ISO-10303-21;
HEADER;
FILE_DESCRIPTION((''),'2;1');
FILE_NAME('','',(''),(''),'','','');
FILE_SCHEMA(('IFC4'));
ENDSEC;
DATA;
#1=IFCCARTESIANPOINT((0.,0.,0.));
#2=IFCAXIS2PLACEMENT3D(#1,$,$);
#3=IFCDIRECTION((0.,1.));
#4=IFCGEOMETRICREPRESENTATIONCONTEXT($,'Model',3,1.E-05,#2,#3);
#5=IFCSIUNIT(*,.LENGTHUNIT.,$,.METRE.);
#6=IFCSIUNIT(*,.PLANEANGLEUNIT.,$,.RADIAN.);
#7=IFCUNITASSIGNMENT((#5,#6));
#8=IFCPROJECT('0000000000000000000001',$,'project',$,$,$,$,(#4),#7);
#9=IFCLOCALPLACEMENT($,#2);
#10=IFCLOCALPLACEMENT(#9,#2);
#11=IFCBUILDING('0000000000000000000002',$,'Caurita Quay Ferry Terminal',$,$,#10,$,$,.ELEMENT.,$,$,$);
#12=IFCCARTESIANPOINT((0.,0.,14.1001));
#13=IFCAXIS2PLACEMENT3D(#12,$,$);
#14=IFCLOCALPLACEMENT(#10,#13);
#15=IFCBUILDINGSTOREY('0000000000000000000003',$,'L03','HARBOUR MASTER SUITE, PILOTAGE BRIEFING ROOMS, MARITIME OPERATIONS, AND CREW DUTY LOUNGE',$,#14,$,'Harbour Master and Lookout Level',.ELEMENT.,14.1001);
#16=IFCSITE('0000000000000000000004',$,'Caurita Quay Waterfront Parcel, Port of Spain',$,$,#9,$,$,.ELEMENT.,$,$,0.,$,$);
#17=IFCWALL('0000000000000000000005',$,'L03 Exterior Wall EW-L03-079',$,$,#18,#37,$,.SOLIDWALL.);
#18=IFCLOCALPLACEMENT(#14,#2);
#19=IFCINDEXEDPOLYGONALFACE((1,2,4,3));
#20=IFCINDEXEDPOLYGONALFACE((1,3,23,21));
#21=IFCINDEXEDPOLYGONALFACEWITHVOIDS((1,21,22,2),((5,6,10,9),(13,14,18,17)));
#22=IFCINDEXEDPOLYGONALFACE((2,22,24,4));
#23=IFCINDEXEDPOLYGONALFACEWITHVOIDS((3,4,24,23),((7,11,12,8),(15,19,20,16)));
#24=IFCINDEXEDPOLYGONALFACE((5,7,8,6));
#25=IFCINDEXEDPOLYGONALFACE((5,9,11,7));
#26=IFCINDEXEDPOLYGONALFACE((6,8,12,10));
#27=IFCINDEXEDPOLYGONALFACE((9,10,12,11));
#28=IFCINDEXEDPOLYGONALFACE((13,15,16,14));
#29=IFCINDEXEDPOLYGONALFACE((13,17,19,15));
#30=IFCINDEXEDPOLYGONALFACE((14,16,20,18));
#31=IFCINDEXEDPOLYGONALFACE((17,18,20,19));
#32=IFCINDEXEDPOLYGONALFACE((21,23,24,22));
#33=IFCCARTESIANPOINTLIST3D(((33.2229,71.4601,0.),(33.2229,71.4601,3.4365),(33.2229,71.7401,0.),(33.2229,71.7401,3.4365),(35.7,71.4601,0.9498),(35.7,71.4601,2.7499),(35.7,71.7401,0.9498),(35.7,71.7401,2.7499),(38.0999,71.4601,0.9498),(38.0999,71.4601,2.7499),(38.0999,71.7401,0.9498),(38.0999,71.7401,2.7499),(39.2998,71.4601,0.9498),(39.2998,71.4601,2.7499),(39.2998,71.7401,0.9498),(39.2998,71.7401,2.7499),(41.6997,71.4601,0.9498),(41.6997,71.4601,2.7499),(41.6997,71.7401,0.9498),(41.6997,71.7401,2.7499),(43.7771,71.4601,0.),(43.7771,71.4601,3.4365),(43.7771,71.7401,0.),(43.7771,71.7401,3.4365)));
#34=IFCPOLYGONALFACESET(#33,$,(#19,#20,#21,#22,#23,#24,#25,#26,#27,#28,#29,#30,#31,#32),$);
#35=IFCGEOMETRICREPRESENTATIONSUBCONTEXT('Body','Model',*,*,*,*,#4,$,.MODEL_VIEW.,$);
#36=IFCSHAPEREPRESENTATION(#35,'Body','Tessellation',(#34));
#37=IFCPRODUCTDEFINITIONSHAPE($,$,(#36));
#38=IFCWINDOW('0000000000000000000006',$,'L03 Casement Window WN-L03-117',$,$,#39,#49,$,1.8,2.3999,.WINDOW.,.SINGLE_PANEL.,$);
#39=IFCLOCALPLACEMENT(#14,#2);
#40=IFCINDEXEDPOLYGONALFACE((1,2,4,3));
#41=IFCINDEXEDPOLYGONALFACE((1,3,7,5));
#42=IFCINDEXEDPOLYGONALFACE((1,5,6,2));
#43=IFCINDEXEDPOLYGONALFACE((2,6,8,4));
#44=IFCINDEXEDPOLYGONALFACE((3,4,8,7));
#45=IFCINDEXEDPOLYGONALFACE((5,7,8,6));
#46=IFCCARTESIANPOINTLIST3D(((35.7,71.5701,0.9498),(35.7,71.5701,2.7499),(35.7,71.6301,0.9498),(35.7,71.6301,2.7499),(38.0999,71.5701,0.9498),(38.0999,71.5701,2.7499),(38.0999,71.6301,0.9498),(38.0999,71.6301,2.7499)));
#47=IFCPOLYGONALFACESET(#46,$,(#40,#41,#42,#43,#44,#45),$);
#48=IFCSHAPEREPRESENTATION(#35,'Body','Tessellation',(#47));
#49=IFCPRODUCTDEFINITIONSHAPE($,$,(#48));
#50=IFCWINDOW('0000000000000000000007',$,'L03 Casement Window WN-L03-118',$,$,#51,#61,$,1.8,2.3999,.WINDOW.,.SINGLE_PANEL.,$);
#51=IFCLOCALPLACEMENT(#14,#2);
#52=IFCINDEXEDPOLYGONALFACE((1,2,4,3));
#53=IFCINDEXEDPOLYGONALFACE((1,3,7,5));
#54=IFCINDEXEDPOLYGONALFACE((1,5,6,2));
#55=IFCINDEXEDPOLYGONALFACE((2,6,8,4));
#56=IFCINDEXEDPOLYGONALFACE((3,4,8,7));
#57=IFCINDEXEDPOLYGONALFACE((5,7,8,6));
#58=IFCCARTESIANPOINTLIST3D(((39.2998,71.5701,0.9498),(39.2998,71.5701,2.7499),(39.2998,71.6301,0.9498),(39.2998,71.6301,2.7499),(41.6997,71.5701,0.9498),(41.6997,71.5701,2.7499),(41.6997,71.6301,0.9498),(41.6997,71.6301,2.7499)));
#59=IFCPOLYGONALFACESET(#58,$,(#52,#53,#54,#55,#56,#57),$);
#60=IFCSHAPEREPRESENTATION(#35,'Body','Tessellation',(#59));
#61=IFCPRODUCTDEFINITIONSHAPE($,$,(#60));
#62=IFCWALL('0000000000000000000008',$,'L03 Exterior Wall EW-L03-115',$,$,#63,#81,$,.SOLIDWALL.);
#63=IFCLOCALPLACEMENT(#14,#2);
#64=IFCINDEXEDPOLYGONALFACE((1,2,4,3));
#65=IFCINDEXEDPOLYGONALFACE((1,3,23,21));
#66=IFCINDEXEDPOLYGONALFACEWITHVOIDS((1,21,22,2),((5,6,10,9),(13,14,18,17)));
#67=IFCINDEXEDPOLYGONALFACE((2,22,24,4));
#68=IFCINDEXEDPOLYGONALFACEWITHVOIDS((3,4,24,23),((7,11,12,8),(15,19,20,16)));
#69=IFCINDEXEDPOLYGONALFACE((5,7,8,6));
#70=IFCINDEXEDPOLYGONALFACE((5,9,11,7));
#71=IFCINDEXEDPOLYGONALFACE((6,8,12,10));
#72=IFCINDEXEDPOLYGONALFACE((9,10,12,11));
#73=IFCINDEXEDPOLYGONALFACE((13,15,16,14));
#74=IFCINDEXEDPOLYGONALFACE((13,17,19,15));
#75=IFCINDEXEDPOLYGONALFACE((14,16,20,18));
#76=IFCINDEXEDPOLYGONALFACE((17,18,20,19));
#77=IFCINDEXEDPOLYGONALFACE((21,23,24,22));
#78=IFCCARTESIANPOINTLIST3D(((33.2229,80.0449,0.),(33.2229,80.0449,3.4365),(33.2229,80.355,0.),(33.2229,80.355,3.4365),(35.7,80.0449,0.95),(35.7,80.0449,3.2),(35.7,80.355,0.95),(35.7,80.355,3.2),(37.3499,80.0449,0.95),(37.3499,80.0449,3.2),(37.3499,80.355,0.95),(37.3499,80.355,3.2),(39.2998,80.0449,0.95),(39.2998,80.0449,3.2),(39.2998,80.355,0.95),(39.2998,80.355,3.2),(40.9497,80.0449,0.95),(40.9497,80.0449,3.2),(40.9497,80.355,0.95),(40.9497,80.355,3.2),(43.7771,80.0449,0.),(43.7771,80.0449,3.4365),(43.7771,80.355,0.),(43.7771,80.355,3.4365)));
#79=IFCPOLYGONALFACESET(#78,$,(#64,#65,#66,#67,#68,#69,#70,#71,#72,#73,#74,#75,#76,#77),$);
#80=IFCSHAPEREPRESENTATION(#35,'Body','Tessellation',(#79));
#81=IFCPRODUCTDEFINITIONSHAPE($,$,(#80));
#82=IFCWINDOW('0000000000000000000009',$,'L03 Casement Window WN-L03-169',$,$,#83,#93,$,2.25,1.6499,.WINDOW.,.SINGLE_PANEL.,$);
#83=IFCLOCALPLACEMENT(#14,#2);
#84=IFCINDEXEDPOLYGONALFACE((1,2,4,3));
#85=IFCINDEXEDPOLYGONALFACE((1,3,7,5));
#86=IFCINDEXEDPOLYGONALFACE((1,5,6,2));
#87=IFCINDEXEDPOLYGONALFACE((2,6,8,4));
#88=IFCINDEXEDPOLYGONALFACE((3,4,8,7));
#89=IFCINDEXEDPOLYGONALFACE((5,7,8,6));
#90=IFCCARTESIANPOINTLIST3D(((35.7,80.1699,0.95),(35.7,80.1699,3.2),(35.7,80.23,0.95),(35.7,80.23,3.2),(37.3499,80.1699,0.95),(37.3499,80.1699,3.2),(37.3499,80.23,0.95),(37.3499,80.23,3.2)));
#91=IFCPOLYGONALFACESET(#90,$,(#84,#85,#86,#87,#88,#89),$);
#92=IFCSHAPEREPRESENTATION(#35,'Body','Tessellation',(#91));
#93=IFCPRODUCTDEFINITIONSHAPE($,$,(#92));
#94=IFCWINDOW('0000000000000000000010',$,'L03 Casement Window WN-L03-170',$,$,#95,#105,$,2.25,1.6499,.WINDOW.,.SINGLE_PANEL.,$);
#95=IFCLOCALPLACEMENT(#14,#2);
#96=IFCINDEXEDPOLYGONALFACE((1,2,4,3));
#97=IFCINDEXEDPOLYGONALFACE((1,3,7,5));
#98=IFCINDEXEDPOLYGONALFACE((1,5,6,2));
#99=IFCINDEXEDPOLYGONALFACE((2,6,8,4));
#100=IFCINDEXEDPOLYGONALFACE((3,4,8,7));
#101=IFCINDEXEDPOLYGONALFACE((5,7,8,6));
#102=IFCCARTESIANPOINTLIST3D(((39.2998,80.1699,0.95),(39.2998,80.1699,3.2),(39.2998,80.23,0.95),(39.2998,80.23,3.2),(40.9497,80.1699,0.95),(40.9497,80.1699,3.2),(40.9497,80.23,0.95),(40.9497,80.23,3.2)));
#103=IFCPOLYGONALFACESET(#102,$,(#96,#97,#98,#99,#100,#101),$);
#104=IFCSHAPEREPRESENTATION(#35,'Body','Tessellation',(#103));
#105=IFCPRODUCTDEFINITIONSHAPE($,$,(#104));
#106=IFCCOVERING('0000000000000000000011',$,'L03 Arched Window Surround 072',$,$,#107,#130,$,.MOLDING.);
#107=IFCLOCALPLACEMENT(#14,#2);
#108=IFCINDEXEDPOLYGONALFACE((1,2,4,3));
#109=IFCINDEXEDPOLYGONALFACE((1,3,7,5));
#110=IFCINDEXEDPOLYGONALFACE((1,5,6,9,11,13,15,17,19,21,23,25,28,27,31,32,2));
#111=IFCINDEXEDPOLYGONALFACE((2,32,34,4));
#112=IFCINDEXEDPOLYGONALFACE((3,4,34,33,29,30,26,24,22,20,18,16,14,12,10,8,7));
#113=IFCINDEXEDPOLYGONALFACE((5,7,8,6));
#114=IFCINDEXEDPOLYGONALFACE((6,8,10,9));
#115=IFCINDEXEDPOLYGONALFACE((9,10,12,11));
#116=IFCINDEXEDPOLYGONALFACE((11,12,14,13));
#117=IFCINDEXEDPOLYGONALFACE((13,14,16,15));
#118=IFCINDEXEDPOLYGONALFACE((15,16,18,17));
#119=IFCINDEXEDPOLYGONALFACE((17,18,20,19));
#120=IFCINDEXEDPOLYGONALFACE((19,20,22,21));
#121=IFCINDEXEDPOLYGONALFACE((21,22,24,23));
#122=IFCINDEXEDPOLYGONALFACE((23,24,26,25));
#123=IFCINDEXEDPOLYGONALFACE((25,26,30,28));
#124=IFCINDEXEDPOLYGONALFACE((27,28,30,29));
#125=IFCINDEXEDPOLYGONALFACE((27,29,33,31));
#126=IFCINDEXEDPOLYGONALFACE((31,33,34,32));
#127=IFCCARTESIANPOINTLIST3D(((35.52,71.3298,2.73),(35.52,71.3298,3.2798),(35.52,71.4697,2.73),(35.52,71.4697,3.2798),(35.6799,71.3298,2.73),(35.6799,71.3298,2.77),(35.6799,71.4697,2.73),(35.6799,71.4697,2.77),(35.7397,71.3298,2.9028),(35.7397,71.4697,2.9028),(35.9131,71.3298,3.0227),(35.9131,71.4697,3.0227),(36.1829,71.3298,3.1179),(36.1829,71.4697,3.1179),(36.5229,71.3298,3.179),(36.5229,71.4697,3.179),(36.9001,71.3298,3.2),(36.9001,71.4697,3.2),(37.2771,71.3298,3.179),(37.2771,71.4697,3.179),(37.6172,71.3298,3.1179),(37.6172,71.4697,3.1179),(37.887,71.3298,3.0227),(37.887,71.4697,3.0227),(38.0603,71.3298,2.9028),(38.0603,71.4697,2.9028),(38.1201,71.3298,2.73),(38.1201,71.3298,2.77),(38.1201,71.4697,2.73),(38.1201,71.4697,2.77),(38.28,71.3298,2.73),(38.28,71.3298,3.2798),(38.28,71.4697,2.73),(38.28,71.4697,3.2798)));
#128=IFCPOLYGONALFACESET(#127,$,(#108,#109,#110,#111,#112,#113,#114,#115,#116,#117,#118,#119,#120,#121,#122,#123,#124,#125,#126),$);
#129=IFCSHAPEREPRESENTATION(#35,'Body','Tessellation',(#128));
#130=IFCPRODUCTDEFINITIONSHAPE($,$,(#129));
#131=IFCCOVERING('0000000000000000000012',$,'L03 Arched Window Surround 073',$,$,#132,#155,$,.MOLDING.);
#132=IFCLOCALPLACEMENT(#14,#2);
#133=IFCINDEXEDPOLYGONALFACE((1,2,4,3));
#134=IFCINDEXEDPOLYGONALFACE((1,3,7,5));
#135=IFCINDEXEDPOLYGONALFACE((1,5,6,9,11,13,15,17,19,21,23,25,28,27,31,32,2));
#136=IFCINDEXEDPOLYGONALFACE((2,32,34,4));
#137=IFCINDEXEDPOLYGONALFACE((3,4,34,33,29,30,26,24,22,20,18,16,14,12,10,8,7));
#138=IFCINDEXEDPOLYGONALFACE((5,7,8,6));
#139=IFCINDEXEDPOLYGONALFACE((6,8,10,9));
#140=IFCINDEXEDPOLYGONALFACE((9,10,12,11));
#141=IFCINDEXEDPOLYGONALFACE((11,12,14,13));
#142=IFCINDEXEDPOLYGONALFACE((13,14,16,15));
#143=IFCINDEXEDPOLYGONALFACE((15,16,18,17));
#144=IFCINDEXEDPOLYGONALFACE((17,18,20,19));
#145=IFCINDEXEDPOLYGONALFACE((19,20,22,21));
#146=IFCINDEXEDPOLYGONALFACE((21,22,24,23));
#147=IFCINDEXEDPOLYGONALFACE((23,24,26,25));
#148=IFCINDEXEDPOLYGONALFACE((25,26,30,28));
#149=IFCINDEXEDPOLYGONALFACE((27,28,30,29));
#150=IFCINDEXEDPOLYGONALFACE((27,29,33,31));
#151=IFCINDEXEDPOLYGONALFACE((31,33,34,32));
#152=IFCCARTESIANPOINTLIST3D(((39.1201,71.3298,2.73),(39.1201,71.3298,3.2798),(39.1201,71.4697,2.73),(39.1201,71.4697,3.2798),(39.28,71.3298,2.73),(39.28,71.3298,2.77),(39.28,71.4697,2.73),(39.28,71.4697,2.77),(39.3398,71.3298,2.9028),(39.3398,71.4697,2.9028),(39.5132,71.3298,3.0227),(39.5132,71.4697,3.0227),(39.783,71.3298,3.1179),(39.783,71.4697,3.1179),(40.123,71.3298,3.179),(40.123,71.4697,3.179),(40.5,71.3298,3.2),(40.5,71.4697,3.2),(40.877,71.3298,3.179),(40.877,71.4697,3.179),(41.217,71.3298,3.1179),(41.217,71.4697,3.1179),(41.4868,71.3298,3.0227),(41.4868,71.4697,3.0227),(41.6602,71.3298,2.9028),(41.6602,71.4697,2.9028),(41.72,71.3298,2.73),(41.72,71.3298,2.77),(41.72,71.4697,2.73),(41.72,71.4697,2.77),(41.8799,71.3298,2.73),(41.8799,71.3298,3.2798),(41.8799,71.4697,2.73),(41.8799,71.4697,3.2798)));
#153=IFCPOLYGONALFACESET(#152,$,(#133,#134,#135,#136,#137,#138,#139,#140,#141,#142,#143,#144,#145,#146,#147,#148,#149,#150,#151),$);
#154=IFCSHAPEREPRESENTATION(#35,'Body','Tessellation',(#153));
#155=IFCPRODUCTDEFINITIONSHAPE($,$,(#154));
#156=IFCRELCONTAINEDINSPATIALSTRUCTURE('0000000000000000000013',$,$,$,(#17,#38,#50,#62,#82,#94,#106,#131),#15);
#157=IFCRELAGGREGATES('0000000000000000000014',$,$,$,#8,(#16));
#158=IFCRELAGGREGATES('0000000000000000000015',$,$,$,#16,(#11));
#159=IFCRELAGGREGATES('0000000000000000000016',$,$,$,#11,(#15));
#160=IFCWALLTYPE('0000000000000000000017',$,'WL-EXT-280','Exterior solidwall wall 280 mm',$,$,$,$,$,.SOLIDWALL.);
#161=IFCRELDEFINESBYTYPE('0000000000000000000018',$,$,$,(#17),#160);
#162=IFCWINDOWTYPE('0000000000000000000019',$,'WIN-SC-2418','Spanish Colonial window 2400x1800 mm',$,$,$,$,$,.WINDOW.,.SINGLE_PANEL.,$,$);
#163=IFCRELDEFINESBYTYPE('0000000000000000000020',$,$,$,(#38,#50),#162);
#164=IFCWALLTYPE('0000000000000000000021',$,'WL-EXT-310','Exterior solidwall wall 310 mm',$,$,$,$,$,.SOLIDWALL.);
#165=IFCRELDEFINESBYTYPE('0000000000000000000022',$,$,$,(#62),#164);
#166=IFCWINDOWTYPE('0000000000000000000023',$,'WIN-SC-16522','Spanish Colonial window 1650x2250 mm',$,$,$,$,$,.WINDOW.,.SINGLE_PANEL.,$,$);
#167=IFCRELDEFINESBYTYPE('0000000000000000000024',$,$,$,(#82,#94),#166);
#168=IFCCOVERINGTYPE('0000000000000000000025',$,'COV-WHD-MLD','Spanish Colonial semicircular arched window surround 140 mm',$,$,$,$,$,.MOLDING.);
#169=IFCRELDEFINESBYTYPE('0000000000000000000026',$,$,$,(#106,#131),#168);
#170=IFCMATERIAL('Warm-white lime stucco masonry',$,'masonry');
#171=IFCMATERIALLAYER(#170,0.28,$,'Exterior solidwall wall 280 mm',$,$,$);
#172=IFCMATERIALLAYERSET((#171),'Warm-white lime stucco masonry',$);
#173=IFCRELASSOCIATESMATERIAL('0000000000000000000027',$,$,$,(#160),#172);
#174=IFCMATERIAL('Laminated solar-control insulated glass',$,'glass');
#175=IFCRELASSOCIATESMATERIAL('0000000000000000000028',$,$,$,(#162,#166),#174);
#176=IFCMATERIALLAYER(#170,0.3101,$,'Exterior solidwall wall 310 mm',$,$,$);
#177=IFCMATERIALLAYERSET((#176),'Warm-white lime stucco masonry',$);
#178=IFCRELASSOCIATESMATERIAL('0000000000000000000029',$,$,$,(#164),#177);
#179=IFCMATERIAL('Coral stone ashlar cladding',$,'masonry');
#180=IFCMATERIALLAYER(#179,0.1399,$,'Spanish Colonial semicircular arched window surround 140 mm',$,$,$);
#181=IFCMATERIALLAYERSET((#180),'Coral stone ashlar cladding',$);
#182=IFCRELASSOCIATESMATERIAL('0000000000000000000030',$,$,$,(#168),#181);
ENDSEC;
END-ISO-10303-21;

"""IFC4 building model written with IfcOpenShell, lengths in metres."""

from ifc_helpers import new_model, si_unit, direction, frame, frame_2d, origin, place, context, subcontext, project, spatial, polyline, rectangle, outline, extrude, material, layer, layer_set, type_object, element, fill, save


model = new_model("IFC4")

# Units and contexts
model_context = context("Model", 3, precision=1e-05, world=origin(), true_north=direction((0.0, 1.0)))
body_context = subcontext(model_context, "Body", "Model", "MODEL_VIEW")
ifc_project = project(units=[si_unit("LENGTHUNIT", "METRE"), si_unit("PLANEANGLEUNIT", "RADIAN")], contexts=[model_context])

# Site, building, storey
site_placement = place(None, origin())
site = spatial("IfcSite", under=ifc_project, at=site_placement, Name="Caurita Quay Waterfront Parcel, Port of Spain", CompositionType="ELEMENT", RefElevation=0.0)
building_placement = place(site_placement, origin())
building = spatial("IfcBuilding", under=site, at=building_placement, Name="Caurita Quay Ferry Terminal", CompositionType="ELEMENT")
storey_placement = place(building_placement, frame((0.0, 0.0, 14.1001)))
storey = spatial("IfcBuildingStorey", under=building, at=storey_placement, Name="L03", Description="HARBOUR MASTER SUITE, PILOTAGE BRIEFING ROOMS, MARITIME OPERATIONS, AND CREW DUTY LOUNGE", LongName="Harbour Master and Lookout Level", CompositionType="ELEMENT", Elevation=14.1001)

# Shared definitions
ifc_material_1 = material(Name="Warm-white lime stucco masonry", Category="masonry")

# Walls, openings, windows
ifc_layer_1 = layer(ifc_material_1, 0.28, Name="Exterior solidwall wall 280 mm")
ifc_layer_set_1 = layer_set([ifc_layer_1], Name="Warm-white lime stucco masonry")
wall_type_1 = type_object("IfcWallType", Name="WL-EXT-280", Description="Exterior solidwall wall 280 mm", PredefinedType="SOLIDWALL", material=ifc_layer_set_1)
wall_1_placement = place(storey_placement, frame((33.2229, 71.6001, 0.0), z_axis=(0.0, 0.0, 1.0), x_axis=(1.0, 0.0, 0.0)))
wall_1 = element("IfcWall", 1, at=wall_1_placement, inside=storey, type_object=wall_type_1, Name="L03 Exterior Wall EW-L03-079", PredefinedType="SOLIDWALL", context=body_context, shape_type="SweptSolid", body=[
    extrude(rectangle(XDim=10.5542, YDim=0.28, at=frame_2d((5.2771, 0.0))), origin(), (0.0, 0.0, 1.0), 3.4365),
])
opening_1_placement = place(wall_1_placement, frame((2.4771, 0.0, 0.95)))
opening_1 = element("IfcOpeningElement", 2, at=opening_1_placement, cuts=wall_1, PredefinedType="OPENING", context=body_context, shape_type="SweptSolid", body=[
    extrude(rectangle(XDim=2.3999, YDim=1.8, at=frame_2d((1.2, 0.8999))), frame((0.0, 0.1499, 0.0), z_axis=(0.0, -1.0, 0.0), x_axis=(1.0, 0.0, 0.0)), (0.0, 0.0, 1.0), 0.3),
])
opening_2_placement = place(wall_1_placement, frame((6.0769, 0.0, 0.95)))
opening_2 = element("IfcOpeningElement", 3, at=opening_2_placement, cuts=wall_1, PredefinedType="OPENING", context=body_context, shape_type="SweptSolid", body=[
    extrude(rectangle(XDim=2.3999, YDim=1.8, at=frame_2d((1.2, 0.8999))), frame((0.0, 0.1499, 0.0), z_axis=(0.0, -1.0, 0.0), x_axis=(1.0, 0.0, 0.0)), (0.0, 0.0, 1.0), 0.3),
])
ifc_material_2 = material(Name="Laminated solar-control insulated glass", Category="glass")
window_type_1 = type_object("IfcWindowType", Name="WIN-SC-2418", Description="Spanish Colonial window 2400x1800 mm", PartitioningType="SINGLE_PANEL", PredefinedType="WINDOW", material=ifc_material_2)
window_1_placement = place(opening_1_placement, origin())
window_1 = element("IfcWindow", 4, at=window_1_placement, inside=storey, type_object=window_type_1, Name="L03 Casement Window WN-L03-117", OverallHeight=1.8, OverallWidth=2.3999, PartitioningType="SINGLE_PANEL", PredefinedType="WINDOW", context=body_context, shape_type="SweptSolid", body=[
    extrude(rectangle(XDim=2.3999, YDim=1.8, at=frame_2d((1.2, 0.8999))), frame((0.0, 0.03, 0.0), z_axis=(0.0, -1.0, 0.0), x_axis=(1.0, 0.0, 0.0)), (0.0, 0.0, 1.0), 0.0601),
])
fill(opening_1, window_1)
window_2_placement = place(opening_2_placement, origin())
window_2 = element("IfcWindow", 5, at=window_2_placement, inside=storey, type_object=window_type_1, Name="L03 Casement Window WN-L03-118", OverallHeight=1.8, OverallWidth=2.3999, PartitioningType="SINGLE_PANEL", PredefinedType="WINDOW", context=body_context, shape_type="SweptSolid", body=[
    extrude(rectangle(XDim=2.3999, YDim=1.8, at=frame_2d((1.2, 0.8999))), frame((0.0, 0.03, 0.0), z_axis=(0.0, -1.0, 0.0), x_axis=(1.0, 0.0, 0.0)), (0.0, 0.0, 1.0), 0.0601),
])
fill(opening_2, window_2)
ifc_layer_2 = layer(ifc_material_1, 0.3101, Name="Exterior solidwall wall 310 mm")
ifc_layer_set_2 = layer_set([ifc_layer_2], Name="Warm-white lime stucco masonry")
wall_type_2 = type_object("IfcWallType", Name="WL-EXT-310", Description="Exterior solidwall wall 310 mm", PredefinedType="SOLIDWALL", material=ifc_layer_set_2)
wall_2_placement = place(storey_placement, frame((33.2229, 80.2, 0.0), z_axis=(0.0, 0.0, 1.0), x_axis=(1.0, 0.0, 0.0)))
wall_2 = element("IfcWall", 6, at=wall_2_placement, inside=storey, type_object=wall_type_2, Name="L03 Exterior Wall EW-L03-115", PredefinedType="SOLIDWALL", context=body_context, shape_type="SweptSolid", body=[
    extrude(rectangle(XDim=10.5542, YDim=0.3101, at=frame_2d((5.2771, 0.0))), origin(), (0.0, 0.0, 1.0), 3.4365),
])
opening_3_placement = place(wall_2_placement, frame((2.4771, 0.0, 0.95)))
opening_3 = element("IfcOpeningElement", 7, at=opening_3_placement, cuts=wall_2, PredefinedType="OPENING", context=body_context, shape_type="SweptSolid", body=[
    extrude(rectangle(XDim=1.6499, YDim=2.25, at=frame_2d((0.825, 1.125))), frame((0.0, 0.165, 0.0), z_axis=(0.0, -1.0, 0.0), x_axis=(1.0, 0.0, 0.0)), (0.0, 0.0, 1.0), 0.3301),
])
opening_4_placement = place(wall_2_placement, frame((6.0769, 0.0, 0.95)))
opening_4 = element("IfcOpeningElement", 8, at=opening_4_placement, cuts=wall_2, PredefinedType="OPENING", context=body_context, shape_type="SweptSolid", body=[
    extrude(rectangle(XDim=1.6499, YDim=2.25, at=frame_2d((0.825, 1.125))), frame((0.0, 0.165, 0.0), z_axis=(0.0, -1.0, 0.0), x_axis=(1.0, 0.0, 0.0)), (0.0, 0.0, 1.0), 0.3301),
])
window_type_2 = type_object("IfcWindowType", Name="WIN-SC-16522", Description="Spanish Colonial window 1650x2250 mm", PartitioningType="SINGLE_PANEL", PredefinedType="WINDOW", material=ifc_material_2)
window_3_placement = place(opening_3_placement, origin())
window_3 = element("IfcWindow", 9, at=window_3_placement, inside=storey, type_object=window_type_2, Name="L03 Casement Window WN-L03-169", OverallHeight=2.25, OverallWidth=1.6499, PartitioningType="SINGLE_PANEL", PredefinedType="WINDOW", context=body_context, shape_type="SweptSolid", body=[
    extrude(rectangle(XDim=1.6499, YDim=2.25, at=frame_2d((0.825, 1.125))), frame((0.0, 0.03, 0.0), z_axis=(0.0, -1.0, 0.0), x_axis=(1.0, 0.0, 0.0)), (0.0, 0.0, 1.0), 0.0601),
])
fill(opening_3, window_3)
window_4_placement = place(opening_4_placement, origin())
window_4 = element("IfcWindow", 10, at=window_4_placement, inside=storey, type_object=window_type_2, Name="L03 Casement Window WN-L03-170", OverallHeight=2.25, OverallWidth=1.6499, PartitioningType="SINGLE_PANEL", PredefinedType="WINDOW", context=body_context, shape_type="SweptSolid", body=[
    extrude(rectangle(XDim=1.6499, YDim=2.25, at=frame_2d((0.825, 1.125))), frame((0.0, 0.03, 0.0), z_axis=(0.0, -1.0, 0.0), x_axis=(1.0, 0.0, 0.0)), (0.0, 0.0, 1.0), 0.0601),
])
fill(opening_4, window_4)

# Coverings
ifc_material_3 = material(Name="Coral stone ashlar cladding", Category="masonry")
ifc_layer_3 = layer(ifc_material_3, 0.1399, Name="Spanish Colonial semicircular arched window surround 140 mm")
ifc_layer_set_3 = layer_set([ifc_layer_3], Name="Coral stone ashlar cladding")
covering_type = type_object("IfcCoveringType", Name="COV-WHD-MLD", Description="Spanish Colonial semicircular arched window surround 140 mm", PredefinedType="MOLDING", material=ifc_layer_set_3)
covering_1_placement = place(storey_placement, frame((35.52, 71.3999, 2.73), z_axis=(0.0, 0.0, 1.0), x_axis=(1.0, 0.0, 0.0)))
element("IfcCovering", 11, at=covering_1_placement, inside=storey, type_object=covering_type, Name="L03 Arched Window Surround 072", PredefinedType="MOLDING", context=body_context, shape_type="SweptSolid", body=[
    extrude(outline(polyline([(0.0, 0.0), (0.1599, 0.0), (0.1599, 0.04), (0.2197, 0.1729), (0.3931, 0.2927), (0.6628, 0.3879), (1.0029, 0.449), (1.3801, 0.47), (1.7571, 0.449), (2.0972, 0.3879), (2.3669, 0.2927), (2.5403, 0.1729), (2.6001, 0.04), (2.6001, 0.0), (2.76, 0.0), (2.76, 0.5498), (0.0, 0.5498), (0.0, 0.0)])), frame((0.0, 0.0698, 0.0), z_axis=(0.0, -1.0, 0.0), x_axis=(1.0, 0.0, 0.0)), (0.0, 0.0, 1.0), 0.1399),
])
covering_2_placement = place(storey_placement, frame((39.1201, 71.3999, 2.73), z_axis=(0.0, 0.0, 1.0), x_axis=(1.0, 0.0, 0.0)))
element("IfcCovering", 12, at=covering_2_placement, inside=storey, type_object=covering_type, Name="L03 Arched Window Surround 073", PredefinedType="MOLDING", context=body_context, shape_type="SweptSolid", body=[
    extrude(outline(polyline([(0.0, 0.0), (0.1599, 0.0), (0.1599, 0.04), (0.2197, 0.1729), (0.3931, 0.2927), (0.6628, 0.3879), (1.0029, 0.449), (1.3799, 0.47), (1.7568, 0.449), (2.0969, 0.3879), (2.3667, 0.2927), (2.54, 0.1729), (2.5999, 0.04), (2.5999, 0.0), (2.7598, 0.0), (2.7598, 0.5498), (0.0, 0.5498), (0.0, 0.0)])), frame((0.0, 0.0698, 0.0), z_axis=(0.0, -1.0, 0.0), x_axis=(1.0, 0.0, 0.0)), (0.0, 0.0, 1.0), 0.1399),
])

save(model, "model.ifc")
